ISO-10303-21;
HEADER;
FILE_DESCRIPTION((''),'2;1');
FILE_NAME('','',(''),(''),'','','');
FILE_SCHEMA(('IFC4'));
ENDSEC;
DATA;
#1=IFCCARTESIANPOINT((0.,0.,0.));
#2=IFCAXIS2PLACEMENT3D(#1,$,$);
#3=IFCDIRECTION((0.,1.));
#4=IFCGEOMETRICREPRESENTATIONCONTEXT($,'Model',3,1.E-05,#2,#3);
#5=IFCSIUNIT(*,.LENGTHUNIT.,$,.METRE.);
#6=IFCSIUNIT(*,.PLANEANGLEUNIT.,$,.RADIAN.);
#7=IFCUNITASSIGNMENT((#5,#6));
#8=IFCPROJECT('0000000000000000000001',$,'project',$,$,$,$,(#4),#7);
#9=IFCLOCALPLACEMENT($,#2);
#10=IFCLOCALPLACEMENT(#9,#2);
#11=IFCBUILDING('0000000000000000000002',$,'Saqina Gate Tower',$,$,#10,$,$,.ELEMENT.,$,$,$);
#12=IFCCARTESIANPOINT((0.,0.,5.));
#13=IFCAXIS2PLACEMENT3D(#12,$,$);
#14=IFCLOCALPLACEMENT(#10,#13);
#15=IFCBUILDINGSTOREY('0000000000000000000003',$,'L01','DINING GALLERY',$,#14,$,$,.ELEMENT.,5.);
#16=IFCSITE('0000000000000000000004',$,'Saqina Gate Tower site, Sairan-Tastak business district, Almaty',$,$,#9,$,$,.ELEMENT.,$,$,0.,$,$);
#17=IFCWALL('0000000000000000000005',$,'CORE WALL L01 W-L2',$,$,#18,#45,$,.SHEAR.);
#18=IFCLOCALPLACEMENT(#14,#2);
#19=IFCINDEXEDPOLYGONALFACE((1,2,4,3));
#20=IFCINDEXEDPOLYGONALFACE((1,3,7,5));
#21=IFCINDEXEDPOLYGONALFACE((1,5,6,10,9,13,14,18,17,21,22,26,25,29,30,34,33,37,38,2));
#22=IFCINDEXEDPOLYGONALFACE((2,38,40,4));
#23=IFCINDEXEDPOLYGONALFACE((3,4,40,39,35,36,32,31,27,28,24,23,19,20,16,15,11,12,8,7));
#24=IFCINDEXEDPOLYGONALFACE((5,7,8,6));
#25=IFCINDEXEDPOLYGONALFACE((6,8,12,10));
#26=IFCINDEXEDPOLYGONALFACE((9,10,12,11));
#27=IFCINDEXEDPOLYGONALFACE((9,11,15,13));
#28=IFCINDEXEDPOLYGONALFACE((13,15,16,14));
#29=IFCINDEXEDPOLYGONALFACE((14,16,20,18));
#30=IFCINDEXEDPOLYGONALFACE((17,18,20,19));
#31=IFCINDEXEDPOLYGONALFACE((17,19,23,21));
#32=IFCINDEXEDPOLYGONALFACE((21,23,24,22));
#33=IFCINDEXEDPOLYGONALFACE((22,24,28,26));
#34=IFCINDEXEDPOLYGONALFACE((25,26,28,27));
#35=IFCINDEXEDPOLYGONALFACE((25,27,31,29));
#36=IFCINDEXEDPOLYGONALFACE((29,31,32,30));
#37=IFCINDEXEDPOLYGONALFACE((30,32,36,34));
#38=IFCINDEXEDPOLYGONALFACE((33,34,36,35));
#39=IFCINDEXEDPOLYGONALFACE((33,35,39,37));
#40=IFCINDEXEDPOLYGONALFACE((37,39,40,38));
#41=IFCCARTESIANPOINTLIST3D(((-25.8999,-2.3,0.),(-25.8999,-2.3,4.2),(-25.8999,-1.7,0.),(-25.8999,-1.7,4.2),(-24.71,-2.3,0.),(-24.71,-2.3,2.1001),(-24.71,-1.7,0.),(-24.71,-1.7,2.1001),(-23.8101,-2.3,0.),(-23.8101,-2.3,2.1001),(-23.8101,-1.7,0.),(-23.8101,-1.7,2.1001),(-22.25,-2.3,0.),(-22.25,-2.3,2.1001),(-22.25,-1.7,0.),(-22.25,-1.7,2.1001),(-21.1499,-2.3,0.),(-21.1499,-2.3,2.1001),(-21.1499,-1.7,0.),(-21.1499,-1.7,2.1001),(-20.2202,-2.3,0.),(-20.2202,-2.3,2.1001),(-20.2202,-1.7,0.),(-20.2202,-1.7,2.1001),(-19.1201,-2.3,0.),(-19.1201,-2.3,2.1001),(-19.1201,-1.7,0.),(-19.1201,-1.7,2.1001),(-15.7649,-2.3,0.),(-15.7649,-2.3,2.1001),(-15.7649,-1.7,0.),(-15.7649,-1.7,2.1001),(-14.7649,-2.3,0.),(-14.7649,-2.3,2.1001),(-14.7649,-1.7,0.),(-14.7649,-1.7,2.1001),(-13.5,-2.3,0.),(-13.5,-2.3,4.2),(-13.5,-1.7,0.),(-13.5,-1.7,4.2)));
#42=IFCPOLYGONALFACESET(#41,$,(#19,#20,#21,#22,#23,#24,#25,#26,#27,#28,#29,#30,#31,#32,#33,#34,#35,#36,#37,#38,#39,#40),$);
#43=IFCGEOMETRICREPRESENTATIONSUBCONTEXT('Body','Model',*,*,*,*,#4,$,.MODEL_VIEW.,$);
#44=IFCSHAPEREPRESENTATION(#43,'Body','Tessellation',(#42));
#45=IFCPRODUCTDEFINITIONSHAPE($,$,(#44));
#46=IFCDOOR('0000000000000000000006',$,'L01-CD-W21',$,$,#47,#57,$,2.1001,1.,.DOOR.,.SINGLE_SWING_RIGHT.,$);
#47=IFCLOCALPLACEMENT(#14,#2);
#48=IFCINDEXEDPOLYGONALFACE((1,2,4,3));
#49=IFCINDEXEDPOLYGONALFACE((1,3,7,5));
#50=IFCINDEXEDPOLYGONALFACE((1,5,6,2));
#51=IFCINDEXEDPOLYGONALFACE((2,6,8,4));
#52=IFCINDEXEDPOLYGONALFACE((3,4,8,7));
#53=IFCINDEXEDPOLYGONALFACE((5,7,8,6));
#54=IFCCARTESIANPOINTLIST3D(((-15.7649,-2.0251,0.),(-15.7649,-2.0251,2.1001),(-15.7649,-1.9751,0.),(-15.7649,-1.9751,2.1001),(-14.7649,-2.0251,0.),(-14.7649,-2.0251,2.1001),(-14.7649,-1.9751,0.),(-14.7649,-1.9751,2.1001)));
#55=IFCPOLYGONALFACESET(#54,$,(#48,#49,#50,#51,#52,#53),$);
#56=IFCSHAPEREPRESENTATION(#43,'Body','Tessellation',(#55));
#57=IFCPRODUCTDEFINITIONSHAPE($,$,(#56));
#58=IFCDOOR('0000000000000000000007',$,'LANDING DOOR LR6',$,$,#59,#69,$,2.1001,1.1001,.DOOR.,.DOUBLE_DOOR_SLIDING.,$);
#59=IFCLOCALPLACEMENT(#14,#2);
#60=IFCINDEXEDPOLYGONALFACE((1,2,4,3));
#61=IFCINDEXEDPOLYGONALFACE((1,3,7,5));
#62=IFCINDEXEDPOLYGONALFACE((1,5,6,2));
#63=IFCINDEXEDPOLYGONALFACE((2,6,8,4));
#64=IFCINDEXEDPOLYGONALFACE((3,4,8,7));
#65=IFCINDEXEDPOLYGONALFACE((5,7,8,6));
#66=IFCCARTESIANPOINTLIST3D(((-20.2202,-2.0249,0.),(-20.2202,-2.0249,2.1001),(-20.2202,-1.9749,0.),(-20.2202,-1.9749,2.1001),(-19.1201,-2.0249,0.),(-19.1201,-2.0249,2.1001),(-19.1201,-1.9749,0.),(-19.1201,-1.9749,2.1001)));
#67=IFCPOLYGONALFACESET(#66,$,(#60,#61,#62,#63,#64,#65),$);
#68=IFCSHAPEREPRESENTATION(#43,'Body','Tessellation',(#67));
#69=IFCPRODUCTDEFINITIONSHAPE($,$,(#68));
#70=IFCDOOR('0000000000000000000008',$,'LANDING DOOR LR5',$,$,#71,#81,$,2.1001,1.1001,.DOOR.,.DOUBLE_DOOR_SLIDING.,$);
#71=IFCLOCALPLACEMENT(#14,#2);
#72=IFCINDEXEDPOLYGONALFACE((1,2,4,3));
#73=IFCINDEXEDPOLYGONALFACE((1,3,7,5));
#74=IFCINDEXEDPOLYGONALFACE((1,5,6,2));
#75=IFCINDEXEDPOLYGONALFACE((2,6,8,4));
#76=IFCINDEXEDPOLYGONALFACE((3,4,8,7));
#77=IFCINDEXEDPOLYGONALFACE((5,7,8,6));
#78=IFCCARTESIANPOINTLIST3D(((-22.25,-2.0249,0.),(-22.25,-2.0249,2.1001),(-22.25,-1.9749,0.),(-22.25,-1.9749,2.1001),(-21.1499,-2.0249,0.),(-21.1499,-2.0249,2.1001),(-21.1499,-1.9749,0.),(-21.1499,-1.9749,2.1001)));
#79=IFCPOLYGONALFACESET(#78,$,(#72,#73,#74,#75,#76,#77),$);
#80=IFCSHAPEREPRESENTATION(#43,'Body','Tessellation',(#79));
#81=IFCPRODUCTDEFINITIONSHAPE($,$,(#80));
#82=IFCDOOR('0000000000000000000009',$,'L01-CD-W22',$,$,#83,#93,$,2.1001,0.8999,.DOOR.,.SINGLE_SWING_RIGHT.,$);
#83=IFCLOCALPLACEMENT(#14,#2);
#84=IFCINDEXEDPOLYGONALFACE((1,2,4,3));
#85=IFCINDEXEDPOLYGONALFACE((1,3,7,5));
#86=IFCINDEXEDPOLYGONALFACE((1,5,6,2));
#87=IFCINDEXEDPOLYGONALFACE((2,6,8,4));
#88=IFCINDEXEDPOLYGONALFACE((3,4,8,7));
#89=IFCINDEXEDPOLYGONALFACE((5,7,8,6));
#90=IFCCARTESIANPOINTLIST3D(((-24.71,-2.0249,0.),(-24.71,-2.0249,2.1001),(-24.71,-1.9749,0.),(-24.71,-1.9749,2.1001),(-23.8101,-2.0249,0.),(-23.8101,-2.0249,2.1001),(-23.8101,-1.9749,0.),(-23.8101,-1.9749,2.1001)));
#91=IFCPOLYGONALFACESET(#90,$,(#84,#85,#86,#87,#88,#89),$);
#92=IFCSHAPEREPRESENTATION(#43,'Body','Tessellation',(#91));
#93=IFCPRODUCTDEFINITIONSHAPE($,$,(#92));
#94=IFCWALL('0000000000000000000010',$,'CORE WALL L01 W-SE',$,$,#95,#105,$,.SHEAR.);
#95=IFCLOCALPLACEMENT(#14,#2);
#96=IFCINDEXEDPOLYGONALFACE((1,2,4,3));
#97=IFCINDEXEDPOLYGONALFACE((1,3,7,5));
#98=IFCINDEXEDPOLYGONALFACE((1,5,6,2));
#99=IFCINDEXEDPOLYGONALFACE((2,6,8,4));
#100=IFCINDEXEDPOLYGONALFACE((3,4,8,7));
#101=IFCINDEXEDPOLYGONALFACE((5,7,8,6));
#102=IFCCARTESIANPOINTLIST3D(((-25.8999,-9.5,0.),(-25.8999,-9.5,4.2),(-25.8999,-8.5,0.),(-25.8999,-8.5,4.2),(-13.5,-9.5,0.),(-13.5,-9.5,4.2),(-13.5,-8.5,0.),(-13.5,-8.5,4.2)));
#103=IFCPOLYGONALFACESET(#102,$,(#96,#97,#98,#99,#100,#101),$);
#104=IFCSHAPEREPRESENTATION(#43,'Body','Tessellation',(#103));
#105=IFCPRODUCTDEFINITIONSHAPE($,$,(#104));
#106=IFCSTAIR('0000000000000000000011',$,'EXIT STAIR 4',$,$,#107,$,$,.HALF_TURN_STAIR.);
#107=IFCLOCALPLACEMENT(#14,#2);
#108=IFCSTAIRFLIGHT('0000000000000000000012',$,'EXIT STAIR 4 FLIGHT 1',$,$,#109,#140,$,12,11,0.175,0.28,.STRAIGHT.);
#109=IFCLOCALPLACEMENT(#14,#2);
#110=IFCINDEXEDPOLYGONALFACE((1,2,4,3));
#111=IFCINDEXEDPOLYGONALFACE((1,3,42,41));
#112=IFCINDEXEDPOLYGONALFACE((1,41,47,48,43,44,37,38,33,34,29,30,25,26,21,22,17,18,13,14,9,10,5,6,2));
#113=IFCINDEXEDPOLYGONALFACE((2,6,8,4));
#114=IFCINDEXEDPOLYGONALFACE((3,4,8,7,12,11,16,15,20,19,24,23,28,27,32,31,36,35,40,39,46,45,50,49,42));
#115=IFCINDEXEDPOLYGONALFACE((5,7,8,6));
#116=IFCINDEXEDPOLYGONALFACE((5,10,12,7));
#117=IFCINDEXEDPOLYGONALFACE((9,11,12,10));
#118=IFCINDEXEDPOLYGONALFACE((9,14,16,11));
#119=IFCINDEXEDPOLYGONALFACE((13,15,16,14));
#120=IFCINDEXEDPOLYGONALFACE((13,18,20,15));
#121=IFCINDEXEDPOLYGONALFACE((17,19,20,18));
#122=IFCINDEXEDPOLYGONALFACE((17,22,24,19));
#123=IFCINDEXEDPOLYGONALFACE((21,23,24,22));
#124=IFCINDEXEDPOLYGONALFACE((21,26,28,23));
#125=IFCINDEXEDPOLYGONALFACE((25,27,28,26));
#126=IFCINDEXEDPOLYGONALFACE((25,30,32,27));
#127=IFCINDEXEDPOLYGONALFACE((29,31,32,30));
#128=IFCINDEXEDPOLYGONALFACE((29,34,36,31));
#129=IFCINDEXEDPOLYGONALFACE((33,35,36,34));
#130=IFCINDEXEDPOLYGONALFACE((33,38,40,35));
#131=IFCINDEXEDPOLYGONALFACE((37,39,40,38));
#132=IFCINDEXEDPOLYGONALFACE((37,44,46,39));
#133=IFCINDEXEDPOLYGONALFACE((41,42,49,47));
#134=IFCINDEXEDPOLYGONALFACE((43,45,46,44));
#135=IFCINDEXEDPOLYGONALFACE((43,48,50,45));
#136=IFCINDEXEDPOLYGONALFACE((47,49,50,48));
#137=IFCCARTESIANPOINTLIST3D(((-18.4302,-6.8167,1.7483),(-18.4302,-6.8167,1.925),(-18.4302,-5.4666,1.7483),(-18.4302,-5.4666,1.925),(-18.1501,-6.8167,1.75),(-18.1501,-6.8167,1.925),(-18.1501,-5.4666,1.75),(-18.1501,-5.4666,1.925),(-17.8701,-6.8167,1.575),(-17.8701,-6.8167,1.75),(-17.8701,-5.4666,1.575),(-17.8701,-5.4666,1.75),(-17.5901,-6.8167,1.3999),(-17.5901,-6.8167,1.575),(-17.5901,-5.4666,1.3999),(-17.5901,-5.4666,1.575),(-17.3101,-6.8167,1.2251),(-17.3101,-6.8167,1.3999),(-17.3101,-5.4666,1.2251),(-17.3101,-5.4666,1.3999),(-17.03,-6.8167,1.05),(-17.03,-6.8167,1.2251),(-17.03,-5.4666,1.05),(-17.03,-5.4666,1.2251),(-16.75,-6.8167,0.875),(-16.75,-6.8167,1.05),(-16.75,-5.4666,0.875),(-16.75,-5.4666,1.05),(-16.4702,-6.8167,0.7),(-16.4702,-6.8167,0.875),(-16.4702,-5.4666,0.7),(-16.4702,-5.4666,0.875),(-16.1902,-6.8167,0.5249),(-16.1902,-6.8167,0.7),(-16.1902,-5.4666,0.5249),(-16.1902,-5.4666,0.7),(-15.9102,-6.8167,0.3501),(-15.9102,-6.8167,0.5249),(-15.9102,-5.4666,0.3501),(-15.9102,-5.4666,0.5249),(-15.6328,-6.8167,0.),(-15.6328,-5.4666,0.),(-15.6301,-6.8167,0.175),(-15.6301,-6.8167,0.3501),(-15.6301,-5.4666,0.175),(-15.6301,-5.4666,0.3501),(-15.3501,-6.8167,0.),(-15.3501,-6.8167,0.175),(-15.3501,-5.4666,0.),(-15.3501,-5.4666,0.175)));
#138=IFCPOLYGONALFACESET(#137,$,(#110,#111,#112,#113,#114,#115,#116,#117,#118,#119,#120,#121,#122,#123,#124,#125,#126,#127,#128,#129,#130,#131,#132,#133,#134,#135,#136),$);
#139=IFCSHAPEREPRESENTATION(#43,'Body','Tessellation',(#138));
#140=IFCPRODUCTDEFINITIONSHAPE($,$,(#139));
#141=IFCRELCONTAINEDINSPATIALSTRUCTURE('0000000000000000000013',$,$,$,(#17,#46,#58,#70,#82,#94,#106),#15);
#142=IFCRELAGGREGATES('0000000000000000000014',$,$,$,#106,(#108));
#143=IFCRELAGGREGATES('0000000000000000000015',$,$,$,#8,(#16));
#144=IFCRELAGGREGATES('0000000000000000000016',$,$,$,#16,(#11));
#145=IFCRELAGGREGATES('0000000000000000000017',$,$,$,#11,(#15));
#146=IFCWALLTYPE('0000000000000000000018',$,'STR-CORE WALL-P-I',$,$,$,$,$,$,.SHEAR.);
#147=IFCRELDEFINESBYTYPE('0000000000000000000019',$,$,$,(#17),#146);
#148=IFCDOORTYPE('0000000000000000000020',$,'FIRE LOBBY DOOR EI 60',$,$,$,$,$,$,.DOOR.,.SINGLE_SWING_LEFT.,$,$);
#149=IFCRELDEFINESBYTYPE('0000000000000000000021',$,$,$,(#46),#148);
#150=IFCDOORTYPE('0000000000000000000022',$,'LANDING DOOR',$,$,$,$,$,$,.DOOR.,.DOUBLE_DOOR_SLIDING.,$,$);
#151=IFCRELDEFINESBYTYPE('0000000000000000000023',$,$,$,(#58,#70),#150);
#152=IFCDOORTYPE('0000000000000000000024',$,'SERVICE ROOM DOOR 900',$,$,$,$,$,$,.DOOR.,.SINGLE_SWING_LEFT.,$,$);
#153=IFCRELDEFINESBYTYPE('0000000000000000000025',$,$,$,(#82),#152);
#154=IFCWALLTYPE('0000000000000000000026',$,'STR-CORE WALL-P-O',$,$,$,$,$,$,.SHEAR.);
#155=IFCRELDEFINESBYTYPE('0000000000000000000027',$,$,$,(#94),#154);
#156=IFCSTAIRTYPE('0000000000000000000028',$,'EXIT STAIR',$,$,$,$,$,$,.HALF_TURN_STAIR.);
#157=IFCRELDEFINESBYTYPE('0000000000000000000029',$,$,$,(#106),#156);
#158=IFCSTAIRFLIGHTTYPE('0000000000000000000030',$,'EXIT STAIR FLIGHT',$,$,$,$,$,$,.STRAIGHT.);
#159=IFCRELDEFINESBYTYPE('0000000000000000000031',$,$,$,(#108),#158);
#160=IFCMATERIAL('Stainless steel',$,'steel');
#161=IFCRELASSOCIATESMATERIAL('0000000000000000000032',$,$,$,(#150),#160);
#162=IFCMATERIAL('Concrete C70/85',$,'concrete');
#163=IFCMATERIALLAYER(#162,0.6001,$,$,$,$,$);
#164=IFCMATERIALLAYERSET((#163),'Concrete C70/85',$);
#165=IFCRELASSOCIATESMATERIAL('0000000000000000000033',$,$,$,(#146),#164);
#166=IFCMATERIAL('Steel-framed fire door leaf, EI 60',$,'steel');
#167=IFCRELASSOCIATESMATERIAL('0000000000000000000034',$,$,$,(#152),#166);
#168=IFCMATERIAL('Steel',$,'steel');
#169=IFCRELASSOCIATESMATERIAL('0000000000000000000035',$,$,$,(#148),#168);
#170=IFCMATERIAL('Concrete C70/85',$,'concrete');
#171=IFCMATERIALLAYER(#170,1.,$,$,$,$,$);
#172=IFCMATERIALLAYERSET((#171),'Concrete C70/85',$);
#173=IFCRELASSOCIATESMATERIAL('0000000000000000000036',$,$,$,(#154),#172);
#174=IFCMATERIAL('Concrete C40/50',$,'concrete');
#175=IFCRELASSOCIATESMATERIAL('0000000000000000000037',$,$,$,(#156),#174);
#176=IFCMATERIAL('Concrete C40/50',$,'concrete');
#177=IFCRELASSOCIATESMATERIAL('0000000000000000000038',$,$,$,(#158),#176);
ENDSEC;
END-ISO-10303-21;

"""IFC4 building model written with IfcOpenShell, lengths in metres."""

from ifc_helpers import new_model, si_unit, direction, frame, frame_2d, origin, place, context, subcontext, project, spatial, polyline, rectangle, outline, extrude, material, layer, layer_set, type_object, element, fill, aggregate, save


model = new_model("IFC4")

# Units and contexts
model_context = context("Model", 3, precision=1e-05, world=origin(), true_north=direction((0.0, 1.0)))
body_context = subcontext(model_context, "Body", "Model", "MODEL_VIEW")
ifc_project = project(units=[si_unit("LENGTHUNIT", "METRE"), si_unit("PLANEANGLEUNIT", "RADIAN")], contexts=[model_context])

# Site, building, storey
site_placement = place(None, origin())
site = spatial("IfcSite", under=ifc_project, at=site_placement, Name="Saqina Gate Tower site, Sairan-Tastak business district, Almaty", CompositionType="ELEMENT", RefElevation=0.0)
building_placement = place(site_placement, origin())
building = spatial("IfcBuilding", under=site, at=building_placement, Name="Saqina Gate Tower", CompositionType="ELEMENT")
storey_placement = place(building_placement, frame((0.0, 0.0, 5.0)))
storey = spatial("IfcBuildingStorey", under=building, at=storey_placement, Name="L01", Description="DINING GALLERY", CompositionType="ELEMENT", Elevation=5.0)

# Shared definitions
ifc_material_1 = material(Name="Stainless steel", Category="steel")
door_type_1 = type_object("IfcDoorType", Name="LANDING DOOR", OperationType="DOUBLE_DOOR_SLIDING", PredefinedType="DOOR", material=ifc_material_1)

# Wall, openings, doors
ifc_material_2 = material(Name="Concrete C70/85", Category="concrete")
ifc_layer_1 = layer(ifc_material_2, 0.6001)
ifc_layer_set_1 = layer_set([ifc_layer_1], Name="Concrete C70/85")
wall_type_1 = type_object("IfcWallType", Name="STR-CORE WALL-P-I", PredefinedType="SHEAR", material=ifc_layer_set_1)
ifc_material_3 = material(Name="Steel-framed fire door leaf, EI 60", Category="steel")
door_type_2 = type_object("IfcDoorType", Name="SERVICE ROOM DOOR 900", OperationType="SINGLE_SWING_LEFT", PredefinedType="DOOR", material=ifc_material_3)
wall_1_placement = place(storey_placement, frame((-13.5, -2.0, 0.0), z_axis=(0.0, 0.0, 1.0), x_axis=(-1.0, 0.0, 0.0)))
wall_1 = element("IfcWall", 1, at=wall_1_placement, inside=storey, type_object=wall_type_1, Name="CORE WALL L01 W-L2", PredefinedType="SHEAR", context=body_context, shape_type="SweptSolid", body=[
    extrude(rectangle(XDim=12.3999, YDim=0.6001, at=frame_2d((6.2, 0.0))), origin(), (0.0, 0.0, 1.0), 4.2),
])
opening_1_placement = place(wall_1_placement, frame((5.6201, 0.0, 0.0)))
opening_1 = element("IfcOpeningElement", 2, at=opening_1_placement, cuts=wall_1, PredefinedType="OPENING", context=body_context, shape_type="SweptSolid", body=[
    extrude(rectangle(XDim=1.1001, YDim=2.1001, at=frame_2d((0.55, 1.05))), frame((0.0, 0.312, 0.0), z_axis=(0.0, -1.0, 0.0), x_axis=(1.0, 0.0, 0.0)), (0.0, 0.0, 1.0), 0.624),
])
opening_2_placement = place(wall_1_placement, frame((7.6499, 0.0, 0.0)))
opening_2 = element("IfcOpeningElement", 3, at=opening_2_placement, cuts=wall_1, PredefinedType="OPENING", context=body_context, shape_type="SweptSolid", body=[
    extrude(rectangle(XDim=1.1001, YDim=2.1001, at=frame_2d((0.55, 1.05))), frame((0.0, 0.312, 0.0), z_axis=(0.0, -1.0, 0.0), x_axis=(1.0, 0.0, 0.0)), (0.0, 0.0, 1.0), 0.624),
])
opening_3_placement = place(wall_1_placement, frame((1.2649, 0.0, 0.0)))
opening_3 = element("IfcOpeningElement", 4, at=opening_3_placement, cuts=wall_1, PredefinedType="OPENING", context=body_context, shape_type="SweptSolid", body=[
    extrude(rectangle(XDim=1.0, YDim=2.1001, at=frame_2d((0.5, 1.05))), frame((0.0, 0.312, 0.0), z_axis=(0.0, -1.0, 0.0), x_axis=(1.0, 0.0, 0.0)), (0.0, 0.0, 1.0), 0.624),
])
opening_4_placement = place(wall_1_placement, frame((10.3101, 0.0, 0.0)))
opening_4 = element("IfcOpeningElement", 5, at=opening_4_placement, cuts=wall_1, PredefinedType="OPENING", context=body_context, shape_type="SweptSolid", body=[
    extrude(rectangle(XDim=0.8999, YDim=2.1001, at=frame_2d((0.45, 1.05))), frame((0.0, 0.312, 0.0), z_axis=(0.0, -1.0, 0.0), x_axis=(1.0, 0.0, 0.0)), (0.0, 0.0, 1.0), 0.624),
])
ifc_material_4 = material(Name="Steel", Category="steel")
door_type_3 = type_object("IfcDoorType", Name="FIRE LOBBY DOOR EI 60", OperationType="SINGLE_SWING_LEFT", PredefinedType="DOOR", material=ifc_material_4)
door_1_placement = place(opening_3_placement, frame((1.0, 0.0, 0.0), z_axis=(0.0, 0.0, 1.0), x_axis=(-1.0, 0.0, 0.0)))
door_1 = element("IfcDoor", 6, at=door_1_placement, inside=storey, type_object=door_type_3, Name="L01-CD-W21", OperationType="SINGLE_SWING_RIGHT", OverallHeight=2.1001, OverallWidth=1.0, PredefinedType="DOOR", context=body_context, shape_type="SweptSolid", body=[
    extrude(rectangle(XDim=1.0, YDim=2.1001, at=frame_2d((0.5, 1.05))), frame((0.0, 0.0249, 0.0), z_axis=(0.0, -1.0, 0.0), x_axis=(1.0, 0.0, 0.0)), (0.0, 0.0, 1.0), 0.05),
])
fill(opening_3, door_1)
door_2_placement = place(opening_1_placement, origin())
door_2 = element("IfcDoor", 7, at=door_2_placement, inside=storey, type_object=door_type_1, Name="LANDING DOOR LR6", OperationType="DOUBLE_DOOR_SLIDING", OverallHeight=2.1001, OverallWidth=1.1001, PredefinedType="DOOR", context=body_context, shape_type="SweptSolid", body=[
    extrude(rectangle(XDim=1.1001, YDim=2.1001, at=frame_2d((0.55, 1.05))), frame((0.0, 0.0249, 0.0), z_axis=(0.0, -1.0, 0.0), x_axis=(1.0, 0.0, 0.0)), (0.0, 0.0, 1.0), 0.05),
])
fill(opening_1, door_2)
door_3_placement = place(opening_2_placement, origin())
door_3 = element("IfcDoor", 8, at=door_3_placement, inside=storey, type_object=door_type_1, Name="LANDING DOOR LR5", OperationType="DOUBLE_DOOR_SLIDING", OverallHeight=2.1001, OverallWidth=1.1001, PredefinedType="DOOR", context=body_context, shape_type="SweptSolid", body=[
    extrude(rectangle(XDim=1.1001, YDim=2.1001, at=frame_2d((0.55, 1.05))), frame((0.0, 0.0249, 0.0), z_axis=(0.0, -1.0, 0.0), x_axis=(1.0, 0.0, 0.0)), (0.0, 0.0, 1.0), 0.05),
])
fill(opening_2, door_3)
door_4_placement = place(opening_4_placement, origin())
door_4 = element("IfcDoor", 9, at=door_4_placement, inside=storey, type_object=door_type_2, Name="L01-CD-W22", OperationType="SINGLE_SWING_RIGHT", OverallHeight=2.1001, OverallWidth=0.8999, PredefinedType="DOOR", context=body_context, shape_type="SweptSolid", body=[
    extrude(rectangle(XDim=0.8999, YDim=2.1001, at=frame_2d((0.45, 1.05))), frame((0.0, 0.0249, 0.0), z_axis=(0.0, -1.0, 0.0), x_axis=(1.0, 0.0, 0.0)), (0.0, 0.0, 1.0), 0.05),
])
fill(opening_4, door_4)
ifc_material_5 = material(Name="Concrete C70/85", Category="concrete")
ifc_layer_2 = layer(ifc_material_5, 1.0)
ifc_layer_set_2 = layer_set([ifc_layer_2], Name="Concrete C70/85")
wall_type_2 = type_object("IfcWallType", Name="STR-CORE WALL-P-O", PredefinedType="SHEAR", material=ifc_layer_set_2)

# Wall
wall_2_placement = place(storey_placement, frame((-13.5, -9.0, 0.0), z_axis=(0.0, 0.0, 1.0), x_axis=(-1.0, 0.0, 0.0)))
element("IfcWall", 10, at=wall_2_placement, inside=storey, type_object=wall_type_2, Name="CORE WALL L01 W-SE", PredefinedType="SHEAR", context=body_context, shape_type="SweptSolid", body=[
    extrude(rectangle(XDim=12.3999, YDim=1.0, at=frame_2d((6.2, 0.0))), origin(), (0.0, 0.0, 1.0), 4.2),
])

# Stair, stair flight
ifc_material_6 = material(Name="Concrete C40/50", Category="concrete")
stair_type = type_object("IfcStairType", Name="EXIT STAIR", PredefinedType="HALF_TURN_STAIR", material=ifc_material_6)
stair_placement = place(storey_placement, origin())
stair = element("IfcStair", 11, at=stair_placement, inside=storey, type_object=stair_type, Name="EXIT STAIR 4", PredefinedType="HALF_TURN_STAIR")
ifc_material_7 = material(Name="Concrete C40/50", Category="concrete")
stair_flight_type = type_object("IfcStairFlightType", Name="EXIT STAIR FLIGHT", PredefinedType="STRAIGHT", material=ifc_material_7)
stair_flight_1_placement = place(storey_placement, frame((-15.3501, -6.1416, 0.0), z_axis=(0.0, 0.0, 1.0), x_axis=(-1.0, 0.0, 0.0)))
stair_flight_1 = element("IfcStairFlight", 12, at=stair_flight_1_placement, type_object=stair_flight_type, Name="EXIT STAIR 4 FLIGHT 1", NumberOfRisers=12, NumberOfTreads=11, PredefinedType="STRAIGHT", RiserHeight=0.175, TreadLength=0.28, context=body_context, shape_type="SweptSolid", body=[
    extrude(outline(polyline([(0.0, 0.0), (0.0, 0.175), (0.28, 0.175), (0.28, 0.3501), (0.5601, 0.3501), (0.5601, 0.5249), (0.8401, 0.5249), (0.8401, 0.7), (1.1201, 0.7), (1.1201, 0.875), (1.3999, 0.875), (1.3999, 1.05), (1.6799, 1.05), (1.6799, 1.2251), (1.96, 1.2251), (1.96, 1.3999), (2.24, 1.3999), (2.24, 1.575), (2.52, 1.575), (2.52, 1.75), (2.8, 1.75), (2.8, 1.925), (3.0801, 1.925), (3.0801, 2.1001), (3.0801, 1.7483), (0.2827, 0.0), (0.0, 0.0)])), frame((0.0, 0.675, 0.0), z_axis=(0.0, -1.0, 0.0), x_axis=(1.0, 0.0, 0.0)), (0.0, 0.0, 1.0), 1.3501),
])
aggregate(stair, [stair_flight_1])

save(model, "model.ifc")
